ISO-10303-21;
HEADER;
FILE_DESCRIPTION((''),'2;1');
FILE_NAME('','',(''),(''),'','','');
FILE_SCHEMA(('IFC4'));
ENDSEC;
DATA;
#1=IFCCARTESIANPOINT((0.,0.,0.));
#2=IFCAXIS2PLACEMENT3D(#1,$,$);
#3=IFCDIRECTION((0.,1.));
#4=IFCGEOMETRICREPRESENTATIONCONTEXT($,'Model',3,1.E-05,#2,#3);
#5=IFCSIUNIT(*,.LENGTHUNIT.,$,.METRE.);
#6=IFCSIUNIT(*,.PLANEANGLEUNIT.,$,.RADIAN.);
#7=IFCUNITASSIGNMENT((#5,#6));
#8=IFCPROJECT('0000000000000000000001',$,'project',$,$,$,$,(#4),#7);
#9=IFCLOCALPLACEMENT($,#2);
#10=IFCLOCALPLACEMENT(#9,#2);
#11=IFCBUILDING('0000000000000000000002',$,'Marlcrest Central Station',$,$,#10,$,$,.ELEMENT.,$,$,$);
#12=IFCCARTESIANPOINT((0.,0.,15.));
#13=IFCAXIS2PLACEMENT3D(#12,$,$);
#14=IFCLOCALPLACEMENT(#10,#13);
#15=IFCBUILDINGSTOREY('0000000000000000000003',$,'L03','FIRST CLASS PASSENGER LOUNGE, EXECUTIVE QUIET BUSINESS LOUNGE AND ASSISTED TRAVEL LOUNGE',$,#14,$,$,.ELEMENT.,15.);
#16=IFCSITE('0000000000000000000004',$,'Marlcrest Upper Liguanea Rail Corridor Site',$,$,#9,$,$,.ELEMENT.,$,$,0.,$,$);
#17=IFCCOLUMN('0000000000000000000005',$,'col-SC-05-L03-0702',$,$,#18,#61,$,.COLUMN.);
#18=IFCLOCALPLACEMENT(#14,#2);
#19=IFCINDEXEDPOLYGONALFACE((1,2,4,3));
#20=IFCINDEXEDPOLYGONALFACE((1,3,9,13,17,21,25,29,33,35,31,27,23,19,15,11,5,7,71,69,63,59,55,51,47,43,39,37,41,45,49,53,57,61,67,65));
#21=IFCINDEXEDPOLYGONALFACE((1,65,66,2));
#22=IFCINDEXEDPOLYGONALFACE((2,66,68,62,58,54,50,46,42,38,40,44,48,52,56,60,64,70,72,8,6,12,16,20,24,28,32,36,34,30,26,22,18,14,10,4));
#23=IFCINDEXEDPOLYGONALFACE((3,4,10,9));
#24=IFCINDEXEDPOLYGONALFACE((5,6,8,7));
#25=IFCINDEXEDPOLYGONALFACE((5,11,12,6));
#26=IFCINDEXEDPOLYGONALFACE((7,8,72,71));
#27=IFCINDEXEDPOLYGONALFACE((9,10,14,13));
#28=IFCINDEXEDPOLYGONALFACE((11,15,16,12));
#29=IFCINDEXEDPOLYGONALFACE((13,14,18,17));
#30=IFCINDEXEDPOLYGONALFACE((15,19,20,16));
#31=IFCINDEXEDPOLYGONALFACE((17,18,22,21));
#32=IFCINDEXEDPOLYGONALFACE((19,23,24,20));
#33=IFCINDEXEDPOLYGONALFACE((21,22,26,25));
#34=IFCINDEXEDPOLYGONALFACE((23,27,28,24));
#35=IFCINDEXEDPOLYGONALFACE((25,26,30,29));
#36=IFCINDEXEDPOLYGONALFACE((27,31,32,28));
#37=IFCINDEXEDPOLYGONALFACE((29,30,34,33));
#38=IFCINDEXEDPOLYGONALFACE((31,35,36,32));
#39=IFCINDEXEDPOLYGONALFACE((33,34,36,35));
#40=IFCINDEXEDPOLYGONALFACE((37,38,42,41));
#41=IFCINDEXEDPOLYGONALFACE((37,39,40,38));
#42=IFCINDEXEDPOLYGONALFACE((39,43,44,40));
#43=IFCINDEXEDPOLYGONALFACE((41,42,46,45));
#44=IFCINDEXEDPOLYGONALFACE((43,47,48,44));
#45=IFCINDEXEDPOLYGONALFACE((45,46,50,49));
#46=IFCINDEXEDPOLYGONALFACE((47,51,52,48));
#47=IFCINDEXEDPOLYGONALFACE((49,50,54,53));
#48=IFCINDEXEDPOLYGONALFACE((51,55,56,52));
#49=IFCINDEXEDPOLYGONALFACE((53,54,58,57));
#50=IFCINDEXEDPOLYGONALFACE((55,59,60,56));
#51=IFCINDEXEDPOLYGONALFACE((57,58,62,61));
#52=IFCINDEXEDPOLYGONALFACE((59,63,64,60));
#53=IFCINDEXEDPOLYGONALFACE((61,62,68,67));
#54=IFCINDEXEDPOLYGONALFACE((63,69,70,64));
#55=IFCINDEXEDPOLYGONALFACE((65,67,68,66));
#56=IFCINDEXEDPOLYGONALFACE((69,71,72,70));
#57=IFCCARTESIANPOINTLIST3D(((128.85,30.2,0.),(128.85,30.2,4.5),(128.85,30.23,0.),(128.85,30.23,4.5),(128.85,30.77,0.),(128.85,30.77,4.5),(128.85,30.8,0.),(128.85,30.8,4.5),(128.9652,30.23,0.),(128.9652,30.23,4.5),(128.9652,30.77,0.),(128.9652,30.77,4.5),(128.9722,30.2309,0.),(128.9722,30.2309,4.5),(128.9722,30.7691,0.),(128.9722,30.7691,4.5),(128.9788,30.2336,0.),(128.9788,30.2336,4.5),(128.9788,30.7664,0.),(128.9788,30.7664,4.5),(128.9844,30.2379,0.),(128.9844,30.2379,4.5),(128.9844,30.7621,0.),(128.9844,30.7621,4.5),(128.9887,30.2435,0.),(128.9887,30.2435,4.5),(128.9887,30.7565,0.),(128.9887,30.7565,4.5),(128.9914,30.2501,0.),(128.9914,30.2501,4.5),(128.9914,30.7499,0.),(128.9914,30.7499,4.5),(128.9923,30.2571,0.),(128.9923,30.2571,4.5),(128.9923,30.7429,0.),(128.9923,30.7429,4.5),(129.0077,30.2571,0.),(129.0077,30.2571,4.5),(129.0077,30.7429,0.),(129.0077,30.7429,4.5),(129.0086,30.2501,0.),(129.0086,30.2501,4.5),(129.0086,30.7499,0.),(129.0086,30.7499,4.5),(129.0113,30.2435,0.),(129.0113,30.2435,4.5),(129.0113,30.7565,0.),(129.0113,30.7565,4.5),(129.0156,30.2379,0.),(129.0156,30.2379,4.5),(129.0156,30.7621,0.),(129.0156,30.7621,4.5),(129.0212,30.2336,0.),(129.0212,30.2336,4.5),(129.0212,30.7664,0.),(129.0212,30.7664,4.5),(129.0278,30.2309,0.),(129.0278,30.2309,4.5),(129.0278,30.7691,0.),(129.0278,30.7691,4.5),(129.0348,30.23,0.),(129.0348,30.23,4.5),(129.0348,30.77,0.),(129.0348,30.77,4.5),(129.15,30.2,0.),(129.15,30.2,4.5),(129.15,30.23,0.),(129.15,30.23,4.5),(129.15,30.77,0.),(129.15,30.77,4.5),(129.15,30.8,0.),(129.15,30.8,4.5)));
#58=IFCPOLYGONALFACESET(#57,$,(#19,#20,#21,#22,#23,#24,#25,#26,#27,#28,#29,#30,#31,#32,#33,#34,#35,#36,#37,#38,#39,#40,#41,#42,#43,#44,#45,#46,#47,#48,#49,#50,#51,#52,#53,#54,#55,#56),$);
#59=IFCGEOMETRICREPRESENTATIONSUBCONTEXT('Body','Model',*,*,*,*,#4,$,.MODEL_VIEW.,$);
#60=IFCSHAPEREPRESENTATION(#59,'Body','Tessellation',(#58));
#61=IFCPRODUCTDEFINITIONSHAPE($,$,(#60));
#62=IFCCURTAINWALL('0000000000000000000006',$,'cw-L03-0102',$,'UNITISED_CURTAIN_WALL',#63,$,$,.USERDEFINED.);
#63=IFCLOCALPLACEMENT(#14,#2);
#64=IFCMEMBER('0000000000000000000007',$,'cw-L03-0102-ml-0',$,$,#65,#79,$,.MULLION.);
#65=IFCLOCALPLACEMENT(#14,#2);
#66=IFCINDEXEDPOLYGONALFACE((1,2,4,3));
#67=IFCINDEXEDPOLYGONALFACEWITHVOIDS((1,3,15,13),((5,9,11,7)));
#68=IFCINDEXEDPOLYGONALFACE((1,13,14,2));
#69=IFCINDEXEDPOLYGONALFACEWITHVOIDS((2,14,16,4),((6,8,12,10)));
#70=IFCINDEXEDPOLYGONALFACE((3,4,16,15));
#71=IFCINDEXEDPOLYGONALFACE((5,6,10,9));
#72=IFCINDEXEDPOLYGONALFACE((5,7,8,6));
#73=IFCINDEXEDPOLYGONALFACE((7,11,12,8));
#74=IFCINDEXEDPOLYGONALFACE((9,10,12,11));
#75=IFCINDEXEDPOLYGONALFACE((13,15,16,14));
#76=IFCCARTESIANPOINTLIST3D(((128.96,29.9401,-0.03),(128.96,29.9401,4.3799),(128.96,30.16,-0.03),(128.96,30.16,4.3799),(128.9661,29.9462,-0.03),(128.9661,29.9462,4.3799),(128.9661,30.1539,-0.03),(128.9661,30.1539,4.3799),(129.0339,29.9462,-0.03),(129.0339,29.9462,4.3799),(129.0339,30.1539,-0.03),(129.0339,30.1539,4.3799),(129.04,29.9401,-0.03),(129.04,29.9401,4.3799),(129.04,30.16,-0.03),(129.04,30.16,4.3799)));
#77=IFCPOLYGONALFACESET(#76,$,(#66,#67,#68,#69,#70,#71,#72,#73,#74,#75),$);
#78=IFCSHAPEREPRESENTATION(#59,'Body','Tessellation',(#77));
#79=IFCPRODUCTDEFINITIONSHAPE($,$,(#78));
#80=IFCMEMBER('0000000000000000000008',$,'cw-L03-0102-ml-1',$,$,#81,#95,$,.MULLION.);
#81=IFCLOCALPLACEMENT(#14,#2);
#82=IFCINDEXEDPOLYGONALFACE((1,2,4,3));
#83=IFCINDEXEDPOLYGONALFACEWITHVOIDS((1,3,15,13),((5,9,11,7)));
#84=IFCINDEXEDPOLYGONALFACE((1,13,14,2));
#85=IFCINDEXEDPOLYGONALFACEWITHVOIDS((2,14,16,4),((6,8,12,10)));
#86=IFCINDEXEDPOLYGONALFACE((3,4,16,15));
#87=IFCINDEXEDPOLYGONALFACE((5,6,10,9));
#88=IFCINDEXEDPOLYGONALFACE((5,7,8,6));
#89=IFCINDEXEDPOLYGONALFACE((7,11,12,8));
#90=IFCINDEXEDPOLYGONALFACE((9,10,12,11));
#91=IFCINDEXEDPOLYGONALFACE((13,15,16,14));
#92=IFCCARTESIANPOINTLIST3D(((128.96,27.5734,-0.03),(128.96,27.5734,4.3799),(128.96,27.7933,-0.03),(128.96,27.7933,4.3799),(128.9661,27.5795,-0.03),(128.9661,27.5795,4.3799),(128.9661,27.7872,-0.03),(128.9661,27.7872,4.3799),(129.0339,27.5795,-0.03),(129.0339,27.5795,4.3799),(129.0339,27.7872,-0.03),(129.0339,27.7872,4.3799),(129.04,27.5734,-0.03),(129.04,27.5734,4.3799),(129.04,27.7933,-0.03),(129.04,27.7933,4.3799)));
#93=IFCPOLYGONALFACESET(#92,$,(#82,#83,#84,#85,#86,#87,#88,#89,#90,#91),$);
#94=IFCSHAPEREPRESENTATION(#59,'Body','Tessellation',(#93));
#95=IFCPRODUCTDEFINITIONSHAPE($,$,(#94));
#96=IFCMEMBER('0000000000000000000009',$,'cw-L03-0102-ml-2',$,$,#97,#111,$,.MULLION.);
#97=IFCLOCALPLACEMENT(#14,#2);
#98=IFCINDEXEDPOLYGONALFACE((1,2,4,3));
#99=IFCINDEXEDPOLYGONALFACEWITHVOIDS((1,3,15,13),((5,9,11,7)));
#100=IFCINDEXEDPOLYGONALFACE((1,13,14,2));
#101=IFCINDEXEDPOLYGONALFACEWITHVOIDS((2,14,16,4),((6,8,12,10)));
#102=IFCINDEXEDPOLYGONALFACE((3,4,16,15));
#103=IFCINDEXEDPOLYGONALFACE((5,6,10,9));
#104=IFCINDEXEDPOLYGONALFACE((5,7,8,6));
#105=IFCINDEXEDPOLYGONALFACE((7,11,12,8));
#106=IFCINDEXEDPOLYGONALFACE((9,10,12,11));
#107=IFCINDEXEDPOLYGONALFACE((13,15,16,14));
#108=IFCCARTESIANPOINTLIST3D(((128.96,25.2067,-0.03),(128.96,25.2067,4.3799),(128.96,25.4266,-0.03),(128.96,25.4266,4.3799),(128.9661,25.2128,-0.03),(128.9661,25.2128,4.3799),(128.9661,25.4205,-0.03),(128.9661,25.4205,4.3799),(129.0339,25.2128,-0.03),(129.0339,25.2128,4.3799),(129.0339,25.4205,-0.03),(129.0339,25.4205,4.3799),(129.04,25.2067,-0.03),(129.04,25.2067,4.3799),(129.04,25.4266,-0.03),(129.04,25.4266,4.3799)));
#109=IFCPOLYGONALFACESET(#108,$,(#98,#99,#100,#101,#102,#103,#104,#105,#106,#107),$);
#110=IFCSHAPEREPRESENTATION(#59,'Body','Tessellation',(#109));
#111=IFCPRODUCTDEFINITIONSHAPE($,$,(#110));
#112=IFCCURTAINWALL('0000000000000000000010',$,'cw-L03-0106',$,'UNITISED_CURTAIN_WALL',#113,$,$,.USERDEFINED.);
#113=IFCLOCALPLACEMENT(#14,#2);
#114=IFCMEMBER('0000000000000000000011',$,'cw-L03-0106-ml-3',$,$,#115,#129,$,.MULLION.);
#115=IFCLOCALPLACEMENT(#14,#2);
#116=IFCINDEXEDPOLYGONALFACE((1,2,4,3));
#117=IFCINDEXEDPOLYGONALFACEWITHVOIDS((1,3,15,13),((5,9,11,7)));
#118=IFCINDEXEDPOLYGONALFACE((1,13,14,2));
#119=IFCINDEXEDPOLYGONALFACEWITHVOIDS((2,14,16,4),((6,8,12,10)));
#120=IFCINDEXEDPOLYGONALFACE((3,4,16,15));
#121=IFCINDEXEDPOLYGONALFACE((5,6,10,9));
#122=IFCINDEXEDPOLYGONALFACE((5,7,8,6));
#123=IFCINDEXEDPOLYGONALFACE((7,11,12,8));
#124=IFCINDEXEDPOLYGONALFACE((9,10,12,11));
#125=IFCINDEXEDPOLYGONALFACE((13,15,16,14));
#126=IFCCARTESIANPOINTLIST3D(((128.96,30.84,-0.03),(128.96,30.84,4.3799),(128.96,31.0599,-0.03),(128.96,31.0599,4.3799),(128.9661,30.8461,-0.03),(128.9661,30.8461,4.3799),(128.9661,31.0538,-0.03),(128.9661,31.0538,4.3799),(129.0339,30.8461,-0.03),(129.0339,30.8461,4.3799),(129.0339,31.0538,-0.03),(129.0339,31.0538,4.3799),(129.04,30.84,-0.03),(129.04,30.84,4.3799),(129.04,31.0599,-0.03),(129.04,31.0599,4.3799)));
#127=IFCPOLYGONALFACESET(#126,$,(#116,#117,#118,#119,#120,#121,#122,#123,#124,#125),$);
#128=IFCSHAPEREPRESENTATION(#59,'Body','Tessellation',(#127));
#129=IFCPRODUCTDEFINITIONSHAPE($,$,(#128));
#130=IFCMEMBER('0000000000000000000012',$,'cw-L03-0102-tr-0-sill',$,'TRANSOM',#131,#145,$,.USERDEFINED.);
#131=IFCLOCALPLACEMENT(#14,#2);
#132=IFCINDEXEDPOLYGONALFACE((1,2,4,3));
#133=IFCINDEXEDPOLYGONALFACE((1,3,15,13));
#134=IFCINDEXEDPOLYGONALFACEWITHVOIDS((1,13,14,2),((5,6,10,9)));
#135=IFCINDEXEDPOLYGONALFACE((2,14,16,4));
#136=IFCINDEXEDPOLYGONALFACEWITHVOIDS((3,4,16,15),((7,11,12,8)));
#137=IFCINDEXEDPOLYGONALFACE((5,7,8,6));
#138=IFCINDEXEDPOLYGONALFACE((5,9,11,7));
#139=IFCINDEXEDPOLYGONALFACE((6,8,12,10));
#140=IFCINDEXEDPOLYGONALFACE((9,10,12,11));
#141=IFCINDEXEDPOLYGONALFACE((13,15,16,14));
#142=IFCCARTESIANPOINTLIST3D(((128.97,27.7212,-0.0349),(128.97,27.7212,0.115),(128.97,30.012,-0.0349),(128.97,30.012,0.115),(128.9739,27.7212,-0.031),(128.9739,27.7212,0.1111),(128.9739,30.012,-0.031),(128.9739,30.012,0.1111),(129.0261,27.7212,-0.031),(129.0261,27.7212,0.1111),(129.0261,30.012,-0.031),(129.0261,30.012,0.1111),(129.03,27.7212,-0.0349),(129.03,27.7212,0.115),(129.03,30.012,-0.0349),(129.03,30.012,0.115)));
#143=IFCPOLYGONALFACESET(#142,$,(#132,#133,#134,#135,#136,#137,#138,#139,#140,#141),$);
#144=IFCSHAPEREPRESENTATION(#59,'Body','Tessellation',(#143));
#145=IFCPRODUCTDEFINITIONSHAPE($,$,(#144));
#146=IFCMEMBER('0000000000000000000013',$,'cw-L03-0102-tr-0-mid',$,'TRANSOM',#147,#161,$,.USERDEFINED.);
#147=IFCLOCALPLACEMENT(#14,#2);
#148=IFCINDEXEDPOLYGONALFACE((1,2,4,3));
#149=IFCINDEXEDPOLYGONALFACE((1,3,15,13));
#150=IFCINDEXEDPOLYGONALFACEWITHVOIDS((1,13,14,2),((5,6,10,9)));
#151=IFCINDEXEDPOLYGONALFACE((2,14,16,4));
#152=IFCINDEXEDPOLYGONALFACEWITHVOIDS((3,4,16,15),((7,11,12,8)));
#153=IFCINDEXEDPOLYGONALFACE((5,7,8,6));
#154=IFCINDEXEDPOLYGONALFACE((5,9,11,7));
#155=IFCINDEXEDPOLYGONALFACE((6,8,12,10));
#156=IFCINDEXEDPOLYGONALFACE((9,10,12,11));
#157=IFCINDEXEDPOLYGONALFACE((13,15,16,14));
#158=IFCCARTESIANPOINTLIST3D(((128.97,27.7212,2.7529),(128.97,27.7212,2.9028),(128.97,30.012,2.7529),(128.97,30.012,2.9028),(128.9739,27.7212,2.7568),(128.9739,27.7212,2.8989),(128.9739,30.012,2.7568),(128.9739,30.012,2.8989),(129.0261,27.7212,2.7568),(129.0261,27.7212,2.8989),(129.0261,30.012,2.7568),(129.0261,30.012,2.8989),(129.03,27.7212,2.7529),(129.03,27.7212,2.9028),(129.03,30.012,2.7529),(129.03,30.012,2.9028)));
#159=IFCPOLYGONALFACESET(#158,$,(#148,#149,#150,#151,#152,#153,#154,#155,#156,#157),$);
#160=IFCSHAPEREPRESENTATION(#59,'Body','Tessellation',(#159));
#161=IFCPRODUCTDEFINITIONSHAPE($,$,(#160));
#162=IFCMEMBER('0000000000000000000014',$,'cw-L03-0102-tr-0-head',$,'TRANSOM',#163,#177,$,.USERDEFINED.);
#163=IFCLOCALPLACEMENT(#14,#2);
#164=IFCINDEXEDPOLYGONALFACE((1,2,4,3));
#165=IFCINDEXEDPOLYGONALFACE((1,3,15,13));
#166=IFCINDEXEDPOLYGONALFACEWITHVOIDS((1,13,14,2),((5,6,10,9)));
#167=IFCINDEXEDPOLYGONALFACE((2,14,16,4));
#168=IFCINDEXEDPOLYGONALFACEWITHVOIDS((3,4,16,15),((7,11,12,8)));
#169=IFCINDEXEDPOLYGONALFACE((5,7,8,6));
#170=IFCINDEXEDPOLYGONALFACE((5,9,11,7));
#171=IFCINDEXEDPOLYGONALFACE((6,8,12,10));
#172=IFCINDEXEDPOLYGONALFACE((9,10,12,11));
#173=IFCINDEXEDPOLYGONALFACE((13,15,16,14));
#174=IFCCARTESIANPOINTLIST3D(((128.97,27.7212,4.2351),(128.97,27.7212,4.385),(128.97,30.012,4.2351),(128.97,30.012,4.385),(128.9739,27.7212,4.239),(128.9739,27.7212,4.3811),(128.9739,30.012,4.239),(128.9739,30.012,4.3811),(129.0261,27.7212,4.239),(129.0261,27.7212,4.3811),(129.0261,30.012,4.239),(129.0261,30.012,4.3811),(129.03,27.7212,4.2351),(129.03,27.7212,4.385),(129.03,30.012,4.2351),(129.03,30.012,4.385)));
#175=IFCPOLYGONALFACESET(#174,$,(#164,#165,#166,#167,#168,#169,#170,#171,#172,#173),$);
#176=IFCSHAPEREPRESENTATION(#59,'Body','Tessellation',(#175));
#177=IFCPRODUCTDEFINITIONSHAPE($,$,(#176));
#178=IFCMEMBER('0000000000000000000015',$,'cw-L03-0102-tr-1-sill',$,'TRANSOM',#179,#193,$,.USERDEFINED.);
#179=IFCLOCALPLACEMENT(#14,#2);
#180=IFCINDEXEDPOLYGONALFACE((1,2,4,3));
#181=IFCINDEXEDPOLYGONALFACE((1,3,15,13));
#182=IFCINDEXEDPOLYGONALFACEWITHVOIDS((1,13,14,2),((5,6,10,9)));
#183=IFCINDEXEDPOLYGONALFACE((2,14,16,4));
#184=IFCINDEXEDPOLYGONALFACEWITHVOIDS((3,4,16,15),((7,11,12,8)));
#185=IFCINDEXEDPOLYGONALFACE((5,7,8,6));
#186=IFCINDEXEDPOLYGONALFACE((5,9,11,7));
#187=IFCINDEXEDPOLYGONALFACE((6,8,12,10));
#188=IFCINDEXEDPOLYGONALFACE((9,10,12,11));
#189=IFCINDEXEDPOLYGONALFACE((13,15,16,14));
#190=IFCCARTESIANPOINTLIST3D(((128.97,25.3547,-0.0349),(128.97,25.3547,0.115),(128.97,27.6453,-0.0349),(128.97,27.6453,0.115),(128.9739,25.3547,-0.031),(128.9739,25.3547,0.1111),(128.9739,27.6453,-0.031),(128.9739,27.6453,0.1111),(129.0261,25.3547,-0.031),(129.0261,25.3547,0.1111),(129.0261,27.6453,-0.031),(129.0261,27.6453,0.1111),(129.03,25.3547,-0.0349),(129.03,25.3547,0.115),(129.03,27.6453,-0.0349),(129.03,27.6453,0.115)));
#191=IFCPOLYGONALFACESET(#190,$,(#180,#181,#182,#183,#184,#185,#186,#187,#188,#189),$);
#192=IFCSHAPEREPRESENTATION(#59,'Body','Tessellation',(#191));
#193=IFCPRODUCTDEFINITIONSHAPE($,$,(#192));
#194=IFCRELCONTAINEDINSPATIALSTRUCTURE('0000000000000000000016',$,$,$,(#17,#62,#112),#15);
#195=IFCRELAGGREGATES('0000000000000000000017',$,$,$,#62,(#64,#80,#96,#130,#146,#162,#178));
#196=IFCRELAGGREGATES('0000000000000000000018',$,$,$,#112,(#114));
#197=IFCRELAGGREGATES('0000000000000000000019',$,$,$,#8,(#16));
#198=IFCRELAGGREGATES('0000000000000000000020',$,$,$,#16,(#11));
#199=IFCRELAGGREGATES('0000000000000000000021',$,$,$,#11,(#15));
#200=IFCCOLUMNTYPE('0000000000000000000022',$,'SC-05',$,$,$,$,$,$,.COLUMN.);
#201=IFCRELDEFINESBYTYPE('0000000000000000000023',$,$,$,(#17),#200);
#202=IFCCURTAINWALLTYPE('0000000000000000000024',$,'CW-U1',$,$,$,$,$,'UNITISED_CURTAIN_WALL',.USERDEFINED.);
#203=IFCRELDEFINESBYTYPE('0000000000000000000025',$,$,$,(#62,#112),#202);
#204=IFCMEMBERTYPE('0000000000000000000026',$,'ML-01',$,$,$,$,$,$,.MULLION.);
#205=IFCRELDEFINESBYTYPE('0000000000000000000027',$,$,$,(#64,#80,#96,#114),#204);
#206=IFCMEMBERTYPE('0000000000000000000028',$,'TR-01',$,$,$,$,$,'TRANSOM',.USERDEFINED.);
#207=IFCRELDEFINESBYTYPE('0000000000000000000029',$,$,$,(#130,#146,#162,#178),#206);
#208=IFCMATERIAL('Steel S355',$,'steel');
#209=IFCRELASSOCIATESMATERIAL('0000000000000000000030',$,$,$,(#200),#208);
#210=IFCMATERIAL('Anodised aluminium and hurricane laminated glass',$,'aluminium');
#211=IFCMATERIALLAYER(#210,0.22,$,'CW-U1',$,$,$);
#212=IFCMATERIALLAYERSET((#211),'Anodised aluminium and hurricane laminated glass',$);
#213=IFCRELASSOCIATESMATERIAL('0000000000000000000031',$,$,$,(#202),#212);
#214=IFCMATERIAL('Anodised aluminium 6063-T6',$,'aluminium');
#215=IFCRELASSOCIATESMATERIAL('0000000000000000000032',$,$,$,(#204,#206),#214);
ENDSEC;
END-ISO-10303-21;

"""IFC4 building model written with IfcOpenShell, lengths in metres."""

from ifc_helpers import new_model, si_unit, direction, frame, origin, origin_2d, place, context, subcontext, project, spatial, hollow_rectangle, i_section, extrude, material, layer, layer_set, material_profile, profile_set, type_object, element, aggregate, save


model = new_model("IFC4")

# Units and contexts
model_context = context("Model", 3, precision=1e-05, world=origin(), true_north=direction((0.0, 1.0)))
body_context = subcontext(model_context, "Body", "Model", "MODEL_VIEW")
ifc_project = project(units=[si_unit("LENGTHUNIT", "METRE"), si_unit("PLANEANGLEUNIT", "RADIAN")], contexts=[model_context])

# Site, building, storey
site_placement = place(None, origin())
site = spatial("IfcSite", under=ifc_project, at=site_placement, Name="Marlcrest Upper Liguanea Rail Corridor Site", CompositionType="ELEMENT", RefElevation=0.0)
building_placement = place(site_placement, origin())
building = spatial("IfcBuilding", under=site, at=building_placement, Name="Marlcrest Central Station", CompositionType="ELEMENT")
storey_placement = place(building_placement, frame((0.0, 0.0, 15.0)))
storey = spatial("IfcBuildingStorey", under=building, at=storey_placement, Name="L03", Description="FIRST CLASS PASSENGER LOUNGE, EXECUTIVE QUIET BUSINESS LOUNGE AND ASSISTED TRAVEL LOUNGE", CompositionType="ELEMENT", Elevation=15.0)

# Column
ifc_material_1 = material(Name="Steel S355", Category="steel")
ifc_material_profile_1 = material_profile(ifc_material_1, i_section(OverallWidth=0.3, OverallDepth=0.6001, WebThickness=0.0154, FlangeThickness=0.03, FilletRadius=0.0271, at=origin_2d()), Name="HEB 600")
ifc_profile_set_1 = profile_set([ifc_material_profile_1], Name="Steel S355")
column_type = type_object("IfcColumnType", Name="SC-05", PredefinedType="COLUMN", material=ifc_profile_set_1)
column_placement = place(storey_placement, frame((129.0, 30.5, 0.0), z_axis=(0.0, 0.0, 1.0), x_axis=(1.0, 0.0, 0.0)))
element("IfcColumn", 1, at=column_placement, inside=storey, type_object=column_type, Name="col-SC-05-L03-0702", PredefinedType="COLUMN", context=body_context, shape_type="SweptSolid", body=[
    extrude(i_section(OverallWidth=0.3, OverallDepth=0.6001, WebThickness=0.0154, FlangeThickness=0.03, FilletRadius=0.0271, at=origin_2d()), origin(), (0.0, 0.0, 1.0), 4.5),
])

# Curtain wall, members
ifc_material_2 = material(Name="Anodised aluminium and hurricane laminated glass", Category="aluminium")
ifc_layer_1 = layer(ifc_material_2, 0.22, Name="CW-U1")
ifc_layer_set_1 = layer_set([ifc_layer_1], Name="Anodised aluminium and hurricane laminated glass")
curtain_wall_type = type_object("IfcCurtainWallType", Name="CW-U1", ElementType="UNITISED_CURTAIN_WALL", PredefinedType="USERDEFINED", material=ifc_layer_set_1)
curtain_wall_1_placement = place(storey_placement, origin())
curtain_wall_1 = element("IfcCurtainWall", 2, at=curtain_wall_1_placement, inside=storey, type_object=curtain_wall_type, Name="cw-L03-0102", ObjectType="UNITISED_CURTAIN_WALL", PredefinedType="USERDEFINED")
ifc_material_3 = material(Name="Anodised aluminium 6063-T6", Category="aluminium")
ifc_material_profile_2 = material_profile(ifc_material_3, hollow_rectangle(XDim=0.0801, YDim=0.22, WallThickness=0.0061, at=origin_2d()), Name="AA-RHS 220x80x6")
ifc_profile_set_2 = profile_set([ifc_material_profile_2], Name="Anodised aluminium 6063-T6")
member_type_1 = type_object("IfcMemberType", Name="ML-01", PredefinedType="MULLION", material=ifc_profile_set_2)
member_1_placement = place(storey_placement, frame((129.0, 30.05, -0.03), z_axis=(0.0, 0.0, 1.0), x_axis=(1.0, 0.0, 0.0)))
member_1 = element("IfcMember", 3, at=member_1_placement, type_object=member_type_1, Name="cw-L03-0102-ml-0", PredefinedType="MULLION", context=body_context, shape_type="SweptSolid", body=[
    extrude(hollow_rectangle(XDim=0.0801, YDim=0.22, WallThickness=0.0061, at=origin_2d()), origin(), (0.0, 0.0, 1.0), 4.4099),
])
member_2_placement = place(storey_placement, frame((129.0, 27.6833, -0.03), z_axis=(0.0, 0.0, 1.0), x_axis=(1.0, 0.0, 0.0)))
member_2 = element("IfcMember", 4, at=member_2_placement, type_object=member_type_1, Name="cw-L03-0102-ml-1", PredefinedType="MULLION", context=body_context, shape_type="SweptSolid", body=[
    extrude(hollow_rectangle(XDim=0.0801, YDim=0.22, WallThickness=0.0061, at=origin_2d()), origin(), (0.0, 0.0, 1.0), 4.4099),
])
member_3_placement = place(storey_placement, frame((129.0, 25.3167, -0.03), z_axis=(0.0, 0.0, 1.0), x_axis=(1.0, 0.0, 0.0)))
member_3 = element("IfcMember", 5, at=member_3_placement, type_object=member_type_1, Name="cw-L03-0102-ml-2", PredefinedType="MULLION", context=body_context, shape_type="SweptSolid", body=[
    extrude(hollow_rectangle(XDim=0.0801, YDim=0.22, WallThickness=0.0061, at=origin_2d()), origin(), (0.0, 0.0, 1.0), 4.4099),
])

# Curtain wall, member
curtain_wall_2_placement = place(storey_placement, origin())
curtain_wall_2 = element("IfcCurtainWall", 6, at=curtain_wall_2_placement, inside=storey, type_object=curtain_wall_type, Name="cw-L03-0106", ObjectType="UNITISED_CURTAIN_WALL", PredefinedType="USERDEFINED")
member_4_placement = place(storey_placement, frame((129.0, 30.95, -0.03), z_axis=(0.0, 0.0, 1.0), x_axis=(1.0, 0.0, 0.0)))
member_4 = element("IfcMember", 7, at=member_4_placement, type_object=member_type_1, Name="cw-L03-0106-ml-3", PredefinedType="MULLION", context=body_context, shape_type="SweptSolid", body=[
    extrude(hollow_rectangle(XDim=0.0801, YDim=0.22, WallThickness=0.0061, at=origin_2d()), origin(), (0.0, 0.0, 1.0), 4.4099),
])

# Members
ifc_material_profile_3 = material_profile(ifc_material_3, hollow_rectangle(XDim=0.0601, YDim=0.1499, WallThickness=0.0039, at=origin_2d()), Name="AA-RHS 150x60x4")
ifc_profile_set_3 = profile_set([ifc_material_profile_3], Name="Anodised aluminium 6063-T6")
member_type_2 = type_object("IfcMemberType", Name="TR-01", ElementType="TRANSOM", PredefinedType="USERDEFINED", material=ifc_profile_set_3)
member_5_placement = place(storey_placement, frame((129.0, 30.012, 0.04), z_axis=(0.0, -1.0, 0.0), x_axis=(1.0, 0.0, 0.0)))
member_5 = element("IfcMember", 8, at=member_5_placement, type_object=member_type_2, Name="cw-L03-0102-tr-0-sill", ObjectType="TRANSOM", PredefinedType="USERDEFINED", context=body_context, shape_type="SweptSolid", body=[
    extrude(hollow_rectangle(XDim=0.0601, YDim=0.1499, WallThickness=0.0039, at=origin_2d()), origin(), (0.0, 0.0, 1.0), 2.2908),
])
member_6_placement = place(storey_placement, frame((129.0, 30.012, 2.8279), z_axis=(0.0, -1.0, 0.0), x_axis=(1.0, 0.0, 0.0)))
member_6 = element("IfcMember", 9, at=member_6_placement, type_object=member_type_2, Name="cw-L03-0102-tr-0-mid", ObjectType="TRANSOM", PredefinedType="USERDEFINED", context=body_context, shape_type="SweptSolid", body=[
    extrude(hollow_rectangle(XDim=0.0601, YDim=0.1499, WallThickness=0.0039, at=origin_2d()), origin(), (0.0, 0.0, 1.0), 2.2908),
])
member_7_placement = place(storey_placement, frame((129.0, 30.012, 4.3101), z_axis=(0.0, -1.0, 0.0), x_axis=(1.0, 0.0, 0.0)))
member_7 = element("IfcMember", 10, at=member_7_placement, type_object=member_type_2, Name="cw-L03-0102-tr-0-head", ObjectType="TRANSOM", PredefinedType="USERDEFINED", context=body_context, shape_type="SweptSolid", body=[
    extrude(hollow_rectangle(XDim=0.0601, YDim=0.1499, WallThickness=0.0039, at=origin_2d()), origin(), (0.0, 0.0, 1.0), 2.2908),
])
member_8_placement = place(storey_placement, frame((129.0, 27.6453, 0.04), z_axis=(0.0, -1.0, 0.0), x_axis=(1.0, 0.0, 0.0)))
member_8 = element("IfcMember", 11, at=member_8_placement, type_object=member_type_2, Name="cw-L03-0102-tr-1-sill", ObjectType="TRANSOM", PredefinedType="USERDEFINED", context=body_context, shape_type="SweptSolid", body=[
    extrude(hollow_rectangle(XDim=0.0601, YDim=0.1499, WallThickness=0.0039, at=origin_2d()), origin(), (0.0, 0.0, 1.0), 2.2905),
])

aggregate(curtain_wall_1, [member_1, member_2, member_3, member_5, member_6, member_7, member_8])
aggregate(curtain_wall_2, [member_4])

save(model, "model.ifc")
